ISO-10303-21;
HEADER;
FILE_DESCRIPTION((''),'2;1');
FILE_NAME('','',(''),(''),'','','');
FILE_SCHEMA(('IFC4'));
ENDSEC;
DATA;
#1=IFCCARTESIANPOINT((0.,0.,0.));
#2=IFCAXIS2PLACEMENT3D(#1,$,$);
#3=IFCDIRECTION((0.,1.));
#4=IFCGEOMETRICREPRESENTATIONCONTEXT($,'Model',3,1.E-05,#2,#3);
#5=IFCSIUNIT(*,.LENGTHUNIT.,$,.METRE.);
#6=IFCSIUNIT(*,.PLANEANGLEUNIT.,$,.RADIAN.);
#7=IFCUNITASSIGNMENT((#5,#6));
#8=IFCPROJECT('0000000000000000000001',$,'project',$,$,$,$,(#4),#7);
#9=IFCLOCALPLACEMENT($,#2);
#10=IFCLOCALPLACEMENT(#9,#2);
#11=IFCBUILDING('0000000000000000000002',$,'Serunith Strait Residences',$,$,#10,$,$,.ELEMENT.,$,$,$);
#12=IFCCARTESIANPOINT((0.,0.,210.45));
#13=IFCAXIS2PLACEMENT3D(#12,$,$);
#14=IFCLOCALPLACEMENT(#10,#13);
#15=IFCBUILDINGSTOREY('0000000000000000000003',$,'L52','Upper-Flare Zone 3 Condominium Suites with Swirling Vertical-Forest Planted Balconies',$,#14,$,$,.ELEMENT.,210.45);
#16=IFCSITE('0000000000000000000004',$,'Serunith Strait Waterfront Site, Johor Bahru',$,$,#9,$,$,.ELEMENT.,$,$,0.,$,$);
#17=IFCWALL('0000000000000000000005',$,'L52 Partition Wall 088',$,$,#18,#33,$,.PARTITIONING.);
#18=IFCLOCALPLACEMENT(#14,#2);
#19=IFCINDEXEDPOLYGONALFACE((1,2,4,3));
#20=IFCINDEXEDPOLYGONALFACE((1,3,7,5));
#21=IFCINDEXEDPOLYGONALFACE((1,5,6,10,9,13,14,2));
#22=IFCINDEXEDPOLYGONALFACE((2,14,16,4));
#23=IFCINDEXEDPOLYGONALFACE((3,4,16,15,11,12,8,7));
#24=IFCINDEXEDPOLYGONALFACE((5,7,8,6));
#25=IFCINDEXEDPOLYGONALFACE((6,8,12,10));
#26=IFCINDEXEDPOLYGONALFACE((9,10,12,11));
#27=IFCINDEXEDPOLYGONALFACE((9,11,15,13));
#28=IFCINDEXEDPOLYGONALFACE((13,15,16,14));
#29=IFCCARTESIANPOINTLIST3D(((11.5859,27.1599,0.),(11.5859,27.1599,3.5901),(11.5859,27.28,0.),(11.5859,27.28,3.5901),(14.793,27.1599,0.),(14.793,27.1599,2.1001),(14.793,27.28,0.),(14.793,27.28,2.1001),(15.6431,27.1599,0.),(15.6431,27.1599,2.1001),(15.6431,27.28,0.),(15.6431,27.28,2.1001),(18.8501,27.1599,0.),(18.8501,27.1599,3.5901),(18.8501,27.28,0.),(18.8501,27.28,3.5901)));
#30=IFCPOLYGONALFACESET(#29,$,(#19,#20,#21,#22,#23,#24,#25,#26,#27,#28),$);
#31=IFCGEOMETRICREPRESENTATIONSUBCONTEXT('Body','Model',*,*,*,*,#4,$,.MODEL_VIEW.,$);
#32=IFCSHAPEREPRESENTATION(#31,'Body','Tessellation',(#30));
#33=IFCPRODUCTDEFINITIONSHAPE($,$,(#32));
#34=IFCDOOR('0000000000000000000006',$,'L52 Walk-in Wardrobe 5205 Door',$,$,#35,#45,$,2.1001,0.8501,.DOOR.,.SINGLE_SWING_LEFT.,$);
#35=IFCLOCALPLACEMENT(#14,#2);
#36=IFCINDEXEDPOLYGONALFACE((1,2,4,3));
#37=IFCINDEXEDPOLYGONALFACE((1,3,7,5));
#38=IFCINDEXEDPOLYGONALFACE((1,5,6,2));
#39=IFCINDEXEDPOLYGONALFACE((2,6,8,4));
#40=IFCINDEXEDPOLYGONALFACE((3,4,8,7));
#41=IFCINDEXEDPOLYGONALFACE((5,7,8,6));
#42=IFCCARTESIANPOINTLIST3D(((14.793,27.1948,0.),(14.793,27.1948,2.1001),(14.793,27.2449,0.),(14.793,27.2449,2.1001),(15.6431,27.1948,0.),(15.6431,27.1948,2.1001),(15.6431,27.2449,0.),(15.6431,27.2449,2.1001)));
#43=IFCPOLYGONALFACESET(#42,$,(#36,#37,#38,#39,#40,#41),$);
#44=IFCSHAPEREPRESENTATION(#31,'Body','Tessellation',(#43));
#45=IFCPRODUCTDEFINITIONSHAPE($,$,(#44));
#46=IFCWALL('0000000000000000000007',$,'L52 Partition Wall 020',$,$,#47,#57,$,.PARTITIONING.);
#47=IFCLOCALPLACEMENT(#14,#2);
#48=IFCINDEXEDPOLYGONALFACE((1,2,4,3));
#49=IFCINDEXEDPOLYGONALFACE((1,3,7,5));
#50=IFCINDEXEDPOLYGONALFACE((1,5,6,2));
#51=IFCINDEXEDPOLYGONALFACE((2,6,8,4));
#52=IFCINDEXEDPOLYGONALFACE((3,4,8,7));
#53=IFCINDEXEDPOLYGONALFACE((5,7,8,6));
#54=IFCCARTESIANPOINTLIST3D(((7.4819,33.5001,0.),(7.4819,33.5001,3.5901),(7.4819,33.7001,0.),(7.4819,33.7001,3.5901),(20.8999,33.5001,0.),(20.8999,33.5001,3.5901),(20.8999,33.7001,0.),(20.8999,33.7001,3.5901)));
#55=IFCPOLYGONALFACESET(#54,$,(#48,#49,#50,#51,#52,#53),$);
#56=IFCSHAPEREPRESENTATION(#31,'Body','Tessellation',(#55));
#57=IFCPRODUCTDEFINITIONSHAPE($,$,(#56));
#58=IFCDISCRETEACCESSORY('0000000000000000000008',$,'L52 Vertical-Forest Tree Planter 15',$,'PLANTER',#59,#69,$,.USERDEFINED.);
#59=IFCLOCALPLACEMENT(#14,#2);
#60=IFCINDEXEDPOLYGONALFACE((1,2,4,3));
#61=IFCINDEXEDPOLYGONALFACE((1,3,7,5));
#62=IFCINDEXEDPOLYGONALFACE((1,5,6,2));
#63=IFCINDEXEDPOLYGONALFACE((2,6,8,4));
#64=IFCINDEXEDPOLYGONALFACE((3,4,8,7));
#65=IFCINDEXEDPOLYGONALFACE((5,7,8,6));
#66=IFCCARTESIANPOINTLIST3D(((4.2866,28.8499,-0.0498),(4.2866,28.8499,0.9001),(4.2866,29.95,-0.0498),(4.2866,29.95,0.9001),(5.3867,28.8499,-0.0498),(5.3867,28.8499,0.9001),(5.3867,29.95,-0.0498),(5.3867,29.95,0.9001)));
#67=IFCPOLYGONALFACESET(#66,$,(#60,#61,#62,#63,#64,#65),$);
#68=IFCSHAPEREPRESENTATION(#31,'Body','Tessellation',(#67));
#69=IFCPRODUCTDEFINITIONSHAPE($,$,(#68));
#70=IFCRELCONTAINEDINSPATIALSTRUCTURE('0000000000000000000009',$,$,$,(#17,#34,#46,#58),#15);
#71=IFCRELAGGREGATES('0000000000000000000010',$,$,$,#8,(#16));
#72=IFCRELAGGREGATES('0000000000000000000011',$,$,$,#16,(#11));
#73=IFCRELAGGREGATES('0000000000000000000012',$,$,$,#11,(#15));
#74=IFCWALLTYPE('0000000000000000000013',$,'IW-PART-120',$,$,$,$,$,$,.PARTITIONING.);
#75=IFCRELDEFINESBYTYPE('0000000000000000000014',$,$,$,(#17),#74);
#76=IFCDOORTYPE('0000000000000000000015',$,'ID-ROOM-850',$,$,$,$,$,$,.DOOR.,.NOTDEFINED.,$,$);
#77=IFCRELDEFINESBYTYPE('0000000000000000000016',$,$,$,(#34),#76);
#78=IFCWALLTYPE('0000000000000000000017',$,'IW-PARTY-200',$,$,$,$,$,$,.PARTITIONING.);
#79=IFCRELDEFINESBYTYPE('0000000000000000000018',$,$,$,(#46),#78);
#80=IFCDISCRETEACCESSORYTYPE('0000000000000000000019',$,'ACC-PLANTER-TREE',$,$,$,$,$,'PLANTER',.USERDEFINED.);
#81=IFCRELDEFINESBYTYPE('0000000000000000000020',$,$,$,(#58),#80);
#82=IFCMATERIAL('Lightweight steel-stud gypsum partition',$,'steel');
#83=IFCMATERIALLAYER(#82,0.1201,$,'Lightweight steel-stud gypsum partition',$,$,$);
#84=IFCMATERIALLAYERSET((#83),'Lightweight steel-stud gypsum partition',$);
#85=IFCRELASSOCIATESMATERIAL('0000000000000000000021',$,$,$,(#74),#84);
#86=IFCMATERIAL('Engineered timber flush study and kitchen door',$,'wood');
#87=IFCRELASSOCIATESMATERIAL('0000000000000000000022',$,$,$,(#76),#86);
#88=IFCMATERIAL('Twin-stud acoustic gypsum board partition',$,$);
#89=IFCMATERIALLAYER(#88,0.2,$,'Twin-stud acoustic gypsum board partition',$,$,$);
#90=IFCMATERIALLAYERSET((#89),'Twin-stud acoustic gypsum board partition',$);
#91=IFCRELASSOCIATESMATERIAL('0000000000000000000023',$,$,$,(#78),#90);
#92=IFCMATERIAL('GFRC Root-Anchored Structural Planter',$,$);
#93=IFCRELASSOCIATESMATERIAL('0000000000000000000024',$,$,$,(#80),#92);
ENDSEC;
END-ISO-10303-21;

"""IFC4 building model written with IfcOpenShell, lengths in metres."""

from ifc_helpers import new_model, si_unit, direction, frame, frame_2d, origin, origin_2d, place, context, subcontext, project, spatial, rectangle, extrude, source, transform, mapped, material, layer, layer_set, type_object, element, fill, save


model = new_model("IFC4")

# Units and contexts
model_context = context("Model", 3, precision=1e-05, world=origin(), true_north=direction((0.0, 1.0)))
body_context = subcontext(model_context, "Body", "Model", "MODEL_VIEW")
ifc_project = project(units=[si_unit("LENGTHUNIT", "METRE"), si_unit("PLANEANGLEUNIT", "RADIAN")], contexts=[model_context])

# Site, building, storey
site_placement = place(None, origin())
site = spatial("IfcSite", under=ifc_project, at=site_placement, Name="Serunith Strait Waterfront Site, Johor Bahru", CompositionType="ELEMENT", RefElevation=0.0)
building_placement = place(site_placement, origin())
building = spatial("IfcBuilding", under=site, at=building_placement, Name="Serunith Strait Residences", CompositionType="ELEMENT")
storey_placement = place(building_placement, frame((0.0, 0.0, 210.45)))
storey = spatial("IfcBuildingStorey", under=building, at=storey_placement, Name="L52", Description="Upper-Flare Zone 3 Condominium Suites with Swirling Vertical-Forest Planted Balconies", CompositionType="ELEMENT", Elevation=210.45)

# Shared definitions
ifc_material_1 = material(Name="Lightweight steel-stud gypsum partition", Category="steel")
ifc_layer_1 = layer(ifc_material_1, 0.1201, Name="Lightweight steel-stud gypsum partition")
ifc_layer_set_1 = layer_set([ifc_layer_1], Name="Lightweight steel-stud gypsum partition")
wall_type_1 = type_object("IfcWallType", Name="IW-PART-120", PredefinedType="PARTITIONING", material=ifc_layer_set_1)
ifc_material_2 = material(Name="Engineered timber flush study and kitchen door", Category="wood")
door_type_1 = type_object("IfcDoorType", Name="ID-ROOM-850", OperationType="NOTDEFINED", PredefinedType="DOOR", material=ifc_material_2)
shared_shape_1 = source(origin(), body_context, "Body", "SweptSolid", [
    extrude(rectangle(XDim=0.8501, YDim=2.1001, at=frame_2d((0.425, 1.05))), frame((0.0, 0.0249, 0.0), z_axis=(0.0, -1.0, 0.0), x_axis=(1.0, 0.0, 0.0)), (0.0, 0.0, 1.0), 0.05),
])

# Wall, opening, door
wall_1_placement = place(storey_placement, frame((11.5859, 27.22, 0.0), z_axis=(0.0, 0.0, 1.0), x_axis=(1.0, 0.0, 0.0)))
wall_1 = element("IfcWall", 1, at=wall_1_placement, inside=storey, type_object=wall_type_1, Name="L52 Partition Wall 088", PredefinedType="PARTITIONING", context=body_context, shape_type="SweptSolid", body=[
    extrude(rectangle(XDim=7.2642, YDim=0.1201, at=frame_2d((3.6321, 0.0))), origin(), (0.0, 0.0, 1.0), 3.5901),
])
opening_1_placement = place(wall_1_placement, frame((3.207, 0.0, 0.0)))
opening_1 = element("IfcOpeningElement", 2, at=opening_1_placement, cuts=wall_1, PredefinedType="OPENING", context=body_context, shape_type="SweptSolid", body=[
    extrude(rectangle(XDim=0.8501, YDim=2.1001, at=frame_2d((0.425, 1.05))), frame((0.0, 0.0701, 0.0), z_axis=(0.0, -1.0, 0.0), x_axis=(1.0, 0.0, 0.0)), (0.0, 0.0, 1.0), 0.1401),
])
door_1_placement = place(opening_1_placement, origin())
door_1 = element("IfcDoor", 3, at=door_1_placement, inside=storey, type_object=door_type_1, Name="L52 Walk-in Wardrobe 5205 Door", OperationType="SINGLE_SWING_LEFT", OverallHeight=2.1001, OverallWidth=0.8501, PredefinedType="DOOR", context=body_context, shape_type="MappedRepresentation", body=[
    mapped(shared_shape_1, transform((0.0, 0.0, 0.0), scale=1.0)),
])
fill(opening_1, door_1)

# Wall
ifc_material_3 = material(Name="Twin-stud acoustic gypsum board partition")
ifc_layer_2 = layer(ifc_material_3, 0.2, Name="Twin-stud acoustic gypsum board partition")
ifc_layer_set_2 = layer_set([ifc_layer_2], Name="Twin-stud acoustic gypsum board partition")
wall_type_2 = type_object("IfcWallType", Name="IW-PARTY-200", PredefinedType="PARTITIONING", material=ifc_layer_set_2)
wall_2_placement = place(storey_placement, frame((7.4819, 33.6001, 0.0), z_axis=(0.0, 0.0, 1.0), x_axis=(1.0, 0.0, 0.0)))
element("IfcWall", 4, at=wall_2_placement, inside=storey, type_object=wall_type_2, Name="L52 Partition Wall 020", PredefinedType="PARTITIONING", context=body_context, shape_type="SweptSolid", body=[
    extrude(rectangle(XDim=13.418, YDim=0.2, at=frame_2d((6.709, 0.0))), origin(), (0.0, 0.0, 1.0), 3.5901),
])

# Discrete accessory
ifc_material_4 = material(Name="GFRC Root-Anchored Structural Planter")
discrete_accessory_type = type_object("IfcDiscreteAccessoryType", Name="ACC-PLANTER-TREE", ElementType="PLANTER", PredefinedType="USERDEFINED", material=ifc_material_4)
shared_shape_2 = source(origin(), body_context, "Body", "SweptSolid", [
    extrude(rectangle(XDim=1.1001, YDim=1.1001, at=origin_2d()), origin(), (0.0, 0.0, 1.0), 0.95),
])
discrete_accessory_placement = place(storey_placement, frame((4.8367, 29.3999, -0.0498), z_axis=(0.0, 0.0, 1.0), x_axis=(0.0, -1.0, 0.0)))
element("IfcDiscreteAccessory", 5, at=discrete_accessory_placement, inside=storey, type_object=discrete_accessory_type, Name="L52 Vertical-Forest Tree Planter 15", ObjectType="PLANTER", PredefinedType="USERDEFINED", context=body_context, shape_type="MappedRepresentation", body=[
    mapped(shared_shape_2, transform((0.0, 0.0, 0.0), scale=1.0)),
])

save(model, "model.ifc")
